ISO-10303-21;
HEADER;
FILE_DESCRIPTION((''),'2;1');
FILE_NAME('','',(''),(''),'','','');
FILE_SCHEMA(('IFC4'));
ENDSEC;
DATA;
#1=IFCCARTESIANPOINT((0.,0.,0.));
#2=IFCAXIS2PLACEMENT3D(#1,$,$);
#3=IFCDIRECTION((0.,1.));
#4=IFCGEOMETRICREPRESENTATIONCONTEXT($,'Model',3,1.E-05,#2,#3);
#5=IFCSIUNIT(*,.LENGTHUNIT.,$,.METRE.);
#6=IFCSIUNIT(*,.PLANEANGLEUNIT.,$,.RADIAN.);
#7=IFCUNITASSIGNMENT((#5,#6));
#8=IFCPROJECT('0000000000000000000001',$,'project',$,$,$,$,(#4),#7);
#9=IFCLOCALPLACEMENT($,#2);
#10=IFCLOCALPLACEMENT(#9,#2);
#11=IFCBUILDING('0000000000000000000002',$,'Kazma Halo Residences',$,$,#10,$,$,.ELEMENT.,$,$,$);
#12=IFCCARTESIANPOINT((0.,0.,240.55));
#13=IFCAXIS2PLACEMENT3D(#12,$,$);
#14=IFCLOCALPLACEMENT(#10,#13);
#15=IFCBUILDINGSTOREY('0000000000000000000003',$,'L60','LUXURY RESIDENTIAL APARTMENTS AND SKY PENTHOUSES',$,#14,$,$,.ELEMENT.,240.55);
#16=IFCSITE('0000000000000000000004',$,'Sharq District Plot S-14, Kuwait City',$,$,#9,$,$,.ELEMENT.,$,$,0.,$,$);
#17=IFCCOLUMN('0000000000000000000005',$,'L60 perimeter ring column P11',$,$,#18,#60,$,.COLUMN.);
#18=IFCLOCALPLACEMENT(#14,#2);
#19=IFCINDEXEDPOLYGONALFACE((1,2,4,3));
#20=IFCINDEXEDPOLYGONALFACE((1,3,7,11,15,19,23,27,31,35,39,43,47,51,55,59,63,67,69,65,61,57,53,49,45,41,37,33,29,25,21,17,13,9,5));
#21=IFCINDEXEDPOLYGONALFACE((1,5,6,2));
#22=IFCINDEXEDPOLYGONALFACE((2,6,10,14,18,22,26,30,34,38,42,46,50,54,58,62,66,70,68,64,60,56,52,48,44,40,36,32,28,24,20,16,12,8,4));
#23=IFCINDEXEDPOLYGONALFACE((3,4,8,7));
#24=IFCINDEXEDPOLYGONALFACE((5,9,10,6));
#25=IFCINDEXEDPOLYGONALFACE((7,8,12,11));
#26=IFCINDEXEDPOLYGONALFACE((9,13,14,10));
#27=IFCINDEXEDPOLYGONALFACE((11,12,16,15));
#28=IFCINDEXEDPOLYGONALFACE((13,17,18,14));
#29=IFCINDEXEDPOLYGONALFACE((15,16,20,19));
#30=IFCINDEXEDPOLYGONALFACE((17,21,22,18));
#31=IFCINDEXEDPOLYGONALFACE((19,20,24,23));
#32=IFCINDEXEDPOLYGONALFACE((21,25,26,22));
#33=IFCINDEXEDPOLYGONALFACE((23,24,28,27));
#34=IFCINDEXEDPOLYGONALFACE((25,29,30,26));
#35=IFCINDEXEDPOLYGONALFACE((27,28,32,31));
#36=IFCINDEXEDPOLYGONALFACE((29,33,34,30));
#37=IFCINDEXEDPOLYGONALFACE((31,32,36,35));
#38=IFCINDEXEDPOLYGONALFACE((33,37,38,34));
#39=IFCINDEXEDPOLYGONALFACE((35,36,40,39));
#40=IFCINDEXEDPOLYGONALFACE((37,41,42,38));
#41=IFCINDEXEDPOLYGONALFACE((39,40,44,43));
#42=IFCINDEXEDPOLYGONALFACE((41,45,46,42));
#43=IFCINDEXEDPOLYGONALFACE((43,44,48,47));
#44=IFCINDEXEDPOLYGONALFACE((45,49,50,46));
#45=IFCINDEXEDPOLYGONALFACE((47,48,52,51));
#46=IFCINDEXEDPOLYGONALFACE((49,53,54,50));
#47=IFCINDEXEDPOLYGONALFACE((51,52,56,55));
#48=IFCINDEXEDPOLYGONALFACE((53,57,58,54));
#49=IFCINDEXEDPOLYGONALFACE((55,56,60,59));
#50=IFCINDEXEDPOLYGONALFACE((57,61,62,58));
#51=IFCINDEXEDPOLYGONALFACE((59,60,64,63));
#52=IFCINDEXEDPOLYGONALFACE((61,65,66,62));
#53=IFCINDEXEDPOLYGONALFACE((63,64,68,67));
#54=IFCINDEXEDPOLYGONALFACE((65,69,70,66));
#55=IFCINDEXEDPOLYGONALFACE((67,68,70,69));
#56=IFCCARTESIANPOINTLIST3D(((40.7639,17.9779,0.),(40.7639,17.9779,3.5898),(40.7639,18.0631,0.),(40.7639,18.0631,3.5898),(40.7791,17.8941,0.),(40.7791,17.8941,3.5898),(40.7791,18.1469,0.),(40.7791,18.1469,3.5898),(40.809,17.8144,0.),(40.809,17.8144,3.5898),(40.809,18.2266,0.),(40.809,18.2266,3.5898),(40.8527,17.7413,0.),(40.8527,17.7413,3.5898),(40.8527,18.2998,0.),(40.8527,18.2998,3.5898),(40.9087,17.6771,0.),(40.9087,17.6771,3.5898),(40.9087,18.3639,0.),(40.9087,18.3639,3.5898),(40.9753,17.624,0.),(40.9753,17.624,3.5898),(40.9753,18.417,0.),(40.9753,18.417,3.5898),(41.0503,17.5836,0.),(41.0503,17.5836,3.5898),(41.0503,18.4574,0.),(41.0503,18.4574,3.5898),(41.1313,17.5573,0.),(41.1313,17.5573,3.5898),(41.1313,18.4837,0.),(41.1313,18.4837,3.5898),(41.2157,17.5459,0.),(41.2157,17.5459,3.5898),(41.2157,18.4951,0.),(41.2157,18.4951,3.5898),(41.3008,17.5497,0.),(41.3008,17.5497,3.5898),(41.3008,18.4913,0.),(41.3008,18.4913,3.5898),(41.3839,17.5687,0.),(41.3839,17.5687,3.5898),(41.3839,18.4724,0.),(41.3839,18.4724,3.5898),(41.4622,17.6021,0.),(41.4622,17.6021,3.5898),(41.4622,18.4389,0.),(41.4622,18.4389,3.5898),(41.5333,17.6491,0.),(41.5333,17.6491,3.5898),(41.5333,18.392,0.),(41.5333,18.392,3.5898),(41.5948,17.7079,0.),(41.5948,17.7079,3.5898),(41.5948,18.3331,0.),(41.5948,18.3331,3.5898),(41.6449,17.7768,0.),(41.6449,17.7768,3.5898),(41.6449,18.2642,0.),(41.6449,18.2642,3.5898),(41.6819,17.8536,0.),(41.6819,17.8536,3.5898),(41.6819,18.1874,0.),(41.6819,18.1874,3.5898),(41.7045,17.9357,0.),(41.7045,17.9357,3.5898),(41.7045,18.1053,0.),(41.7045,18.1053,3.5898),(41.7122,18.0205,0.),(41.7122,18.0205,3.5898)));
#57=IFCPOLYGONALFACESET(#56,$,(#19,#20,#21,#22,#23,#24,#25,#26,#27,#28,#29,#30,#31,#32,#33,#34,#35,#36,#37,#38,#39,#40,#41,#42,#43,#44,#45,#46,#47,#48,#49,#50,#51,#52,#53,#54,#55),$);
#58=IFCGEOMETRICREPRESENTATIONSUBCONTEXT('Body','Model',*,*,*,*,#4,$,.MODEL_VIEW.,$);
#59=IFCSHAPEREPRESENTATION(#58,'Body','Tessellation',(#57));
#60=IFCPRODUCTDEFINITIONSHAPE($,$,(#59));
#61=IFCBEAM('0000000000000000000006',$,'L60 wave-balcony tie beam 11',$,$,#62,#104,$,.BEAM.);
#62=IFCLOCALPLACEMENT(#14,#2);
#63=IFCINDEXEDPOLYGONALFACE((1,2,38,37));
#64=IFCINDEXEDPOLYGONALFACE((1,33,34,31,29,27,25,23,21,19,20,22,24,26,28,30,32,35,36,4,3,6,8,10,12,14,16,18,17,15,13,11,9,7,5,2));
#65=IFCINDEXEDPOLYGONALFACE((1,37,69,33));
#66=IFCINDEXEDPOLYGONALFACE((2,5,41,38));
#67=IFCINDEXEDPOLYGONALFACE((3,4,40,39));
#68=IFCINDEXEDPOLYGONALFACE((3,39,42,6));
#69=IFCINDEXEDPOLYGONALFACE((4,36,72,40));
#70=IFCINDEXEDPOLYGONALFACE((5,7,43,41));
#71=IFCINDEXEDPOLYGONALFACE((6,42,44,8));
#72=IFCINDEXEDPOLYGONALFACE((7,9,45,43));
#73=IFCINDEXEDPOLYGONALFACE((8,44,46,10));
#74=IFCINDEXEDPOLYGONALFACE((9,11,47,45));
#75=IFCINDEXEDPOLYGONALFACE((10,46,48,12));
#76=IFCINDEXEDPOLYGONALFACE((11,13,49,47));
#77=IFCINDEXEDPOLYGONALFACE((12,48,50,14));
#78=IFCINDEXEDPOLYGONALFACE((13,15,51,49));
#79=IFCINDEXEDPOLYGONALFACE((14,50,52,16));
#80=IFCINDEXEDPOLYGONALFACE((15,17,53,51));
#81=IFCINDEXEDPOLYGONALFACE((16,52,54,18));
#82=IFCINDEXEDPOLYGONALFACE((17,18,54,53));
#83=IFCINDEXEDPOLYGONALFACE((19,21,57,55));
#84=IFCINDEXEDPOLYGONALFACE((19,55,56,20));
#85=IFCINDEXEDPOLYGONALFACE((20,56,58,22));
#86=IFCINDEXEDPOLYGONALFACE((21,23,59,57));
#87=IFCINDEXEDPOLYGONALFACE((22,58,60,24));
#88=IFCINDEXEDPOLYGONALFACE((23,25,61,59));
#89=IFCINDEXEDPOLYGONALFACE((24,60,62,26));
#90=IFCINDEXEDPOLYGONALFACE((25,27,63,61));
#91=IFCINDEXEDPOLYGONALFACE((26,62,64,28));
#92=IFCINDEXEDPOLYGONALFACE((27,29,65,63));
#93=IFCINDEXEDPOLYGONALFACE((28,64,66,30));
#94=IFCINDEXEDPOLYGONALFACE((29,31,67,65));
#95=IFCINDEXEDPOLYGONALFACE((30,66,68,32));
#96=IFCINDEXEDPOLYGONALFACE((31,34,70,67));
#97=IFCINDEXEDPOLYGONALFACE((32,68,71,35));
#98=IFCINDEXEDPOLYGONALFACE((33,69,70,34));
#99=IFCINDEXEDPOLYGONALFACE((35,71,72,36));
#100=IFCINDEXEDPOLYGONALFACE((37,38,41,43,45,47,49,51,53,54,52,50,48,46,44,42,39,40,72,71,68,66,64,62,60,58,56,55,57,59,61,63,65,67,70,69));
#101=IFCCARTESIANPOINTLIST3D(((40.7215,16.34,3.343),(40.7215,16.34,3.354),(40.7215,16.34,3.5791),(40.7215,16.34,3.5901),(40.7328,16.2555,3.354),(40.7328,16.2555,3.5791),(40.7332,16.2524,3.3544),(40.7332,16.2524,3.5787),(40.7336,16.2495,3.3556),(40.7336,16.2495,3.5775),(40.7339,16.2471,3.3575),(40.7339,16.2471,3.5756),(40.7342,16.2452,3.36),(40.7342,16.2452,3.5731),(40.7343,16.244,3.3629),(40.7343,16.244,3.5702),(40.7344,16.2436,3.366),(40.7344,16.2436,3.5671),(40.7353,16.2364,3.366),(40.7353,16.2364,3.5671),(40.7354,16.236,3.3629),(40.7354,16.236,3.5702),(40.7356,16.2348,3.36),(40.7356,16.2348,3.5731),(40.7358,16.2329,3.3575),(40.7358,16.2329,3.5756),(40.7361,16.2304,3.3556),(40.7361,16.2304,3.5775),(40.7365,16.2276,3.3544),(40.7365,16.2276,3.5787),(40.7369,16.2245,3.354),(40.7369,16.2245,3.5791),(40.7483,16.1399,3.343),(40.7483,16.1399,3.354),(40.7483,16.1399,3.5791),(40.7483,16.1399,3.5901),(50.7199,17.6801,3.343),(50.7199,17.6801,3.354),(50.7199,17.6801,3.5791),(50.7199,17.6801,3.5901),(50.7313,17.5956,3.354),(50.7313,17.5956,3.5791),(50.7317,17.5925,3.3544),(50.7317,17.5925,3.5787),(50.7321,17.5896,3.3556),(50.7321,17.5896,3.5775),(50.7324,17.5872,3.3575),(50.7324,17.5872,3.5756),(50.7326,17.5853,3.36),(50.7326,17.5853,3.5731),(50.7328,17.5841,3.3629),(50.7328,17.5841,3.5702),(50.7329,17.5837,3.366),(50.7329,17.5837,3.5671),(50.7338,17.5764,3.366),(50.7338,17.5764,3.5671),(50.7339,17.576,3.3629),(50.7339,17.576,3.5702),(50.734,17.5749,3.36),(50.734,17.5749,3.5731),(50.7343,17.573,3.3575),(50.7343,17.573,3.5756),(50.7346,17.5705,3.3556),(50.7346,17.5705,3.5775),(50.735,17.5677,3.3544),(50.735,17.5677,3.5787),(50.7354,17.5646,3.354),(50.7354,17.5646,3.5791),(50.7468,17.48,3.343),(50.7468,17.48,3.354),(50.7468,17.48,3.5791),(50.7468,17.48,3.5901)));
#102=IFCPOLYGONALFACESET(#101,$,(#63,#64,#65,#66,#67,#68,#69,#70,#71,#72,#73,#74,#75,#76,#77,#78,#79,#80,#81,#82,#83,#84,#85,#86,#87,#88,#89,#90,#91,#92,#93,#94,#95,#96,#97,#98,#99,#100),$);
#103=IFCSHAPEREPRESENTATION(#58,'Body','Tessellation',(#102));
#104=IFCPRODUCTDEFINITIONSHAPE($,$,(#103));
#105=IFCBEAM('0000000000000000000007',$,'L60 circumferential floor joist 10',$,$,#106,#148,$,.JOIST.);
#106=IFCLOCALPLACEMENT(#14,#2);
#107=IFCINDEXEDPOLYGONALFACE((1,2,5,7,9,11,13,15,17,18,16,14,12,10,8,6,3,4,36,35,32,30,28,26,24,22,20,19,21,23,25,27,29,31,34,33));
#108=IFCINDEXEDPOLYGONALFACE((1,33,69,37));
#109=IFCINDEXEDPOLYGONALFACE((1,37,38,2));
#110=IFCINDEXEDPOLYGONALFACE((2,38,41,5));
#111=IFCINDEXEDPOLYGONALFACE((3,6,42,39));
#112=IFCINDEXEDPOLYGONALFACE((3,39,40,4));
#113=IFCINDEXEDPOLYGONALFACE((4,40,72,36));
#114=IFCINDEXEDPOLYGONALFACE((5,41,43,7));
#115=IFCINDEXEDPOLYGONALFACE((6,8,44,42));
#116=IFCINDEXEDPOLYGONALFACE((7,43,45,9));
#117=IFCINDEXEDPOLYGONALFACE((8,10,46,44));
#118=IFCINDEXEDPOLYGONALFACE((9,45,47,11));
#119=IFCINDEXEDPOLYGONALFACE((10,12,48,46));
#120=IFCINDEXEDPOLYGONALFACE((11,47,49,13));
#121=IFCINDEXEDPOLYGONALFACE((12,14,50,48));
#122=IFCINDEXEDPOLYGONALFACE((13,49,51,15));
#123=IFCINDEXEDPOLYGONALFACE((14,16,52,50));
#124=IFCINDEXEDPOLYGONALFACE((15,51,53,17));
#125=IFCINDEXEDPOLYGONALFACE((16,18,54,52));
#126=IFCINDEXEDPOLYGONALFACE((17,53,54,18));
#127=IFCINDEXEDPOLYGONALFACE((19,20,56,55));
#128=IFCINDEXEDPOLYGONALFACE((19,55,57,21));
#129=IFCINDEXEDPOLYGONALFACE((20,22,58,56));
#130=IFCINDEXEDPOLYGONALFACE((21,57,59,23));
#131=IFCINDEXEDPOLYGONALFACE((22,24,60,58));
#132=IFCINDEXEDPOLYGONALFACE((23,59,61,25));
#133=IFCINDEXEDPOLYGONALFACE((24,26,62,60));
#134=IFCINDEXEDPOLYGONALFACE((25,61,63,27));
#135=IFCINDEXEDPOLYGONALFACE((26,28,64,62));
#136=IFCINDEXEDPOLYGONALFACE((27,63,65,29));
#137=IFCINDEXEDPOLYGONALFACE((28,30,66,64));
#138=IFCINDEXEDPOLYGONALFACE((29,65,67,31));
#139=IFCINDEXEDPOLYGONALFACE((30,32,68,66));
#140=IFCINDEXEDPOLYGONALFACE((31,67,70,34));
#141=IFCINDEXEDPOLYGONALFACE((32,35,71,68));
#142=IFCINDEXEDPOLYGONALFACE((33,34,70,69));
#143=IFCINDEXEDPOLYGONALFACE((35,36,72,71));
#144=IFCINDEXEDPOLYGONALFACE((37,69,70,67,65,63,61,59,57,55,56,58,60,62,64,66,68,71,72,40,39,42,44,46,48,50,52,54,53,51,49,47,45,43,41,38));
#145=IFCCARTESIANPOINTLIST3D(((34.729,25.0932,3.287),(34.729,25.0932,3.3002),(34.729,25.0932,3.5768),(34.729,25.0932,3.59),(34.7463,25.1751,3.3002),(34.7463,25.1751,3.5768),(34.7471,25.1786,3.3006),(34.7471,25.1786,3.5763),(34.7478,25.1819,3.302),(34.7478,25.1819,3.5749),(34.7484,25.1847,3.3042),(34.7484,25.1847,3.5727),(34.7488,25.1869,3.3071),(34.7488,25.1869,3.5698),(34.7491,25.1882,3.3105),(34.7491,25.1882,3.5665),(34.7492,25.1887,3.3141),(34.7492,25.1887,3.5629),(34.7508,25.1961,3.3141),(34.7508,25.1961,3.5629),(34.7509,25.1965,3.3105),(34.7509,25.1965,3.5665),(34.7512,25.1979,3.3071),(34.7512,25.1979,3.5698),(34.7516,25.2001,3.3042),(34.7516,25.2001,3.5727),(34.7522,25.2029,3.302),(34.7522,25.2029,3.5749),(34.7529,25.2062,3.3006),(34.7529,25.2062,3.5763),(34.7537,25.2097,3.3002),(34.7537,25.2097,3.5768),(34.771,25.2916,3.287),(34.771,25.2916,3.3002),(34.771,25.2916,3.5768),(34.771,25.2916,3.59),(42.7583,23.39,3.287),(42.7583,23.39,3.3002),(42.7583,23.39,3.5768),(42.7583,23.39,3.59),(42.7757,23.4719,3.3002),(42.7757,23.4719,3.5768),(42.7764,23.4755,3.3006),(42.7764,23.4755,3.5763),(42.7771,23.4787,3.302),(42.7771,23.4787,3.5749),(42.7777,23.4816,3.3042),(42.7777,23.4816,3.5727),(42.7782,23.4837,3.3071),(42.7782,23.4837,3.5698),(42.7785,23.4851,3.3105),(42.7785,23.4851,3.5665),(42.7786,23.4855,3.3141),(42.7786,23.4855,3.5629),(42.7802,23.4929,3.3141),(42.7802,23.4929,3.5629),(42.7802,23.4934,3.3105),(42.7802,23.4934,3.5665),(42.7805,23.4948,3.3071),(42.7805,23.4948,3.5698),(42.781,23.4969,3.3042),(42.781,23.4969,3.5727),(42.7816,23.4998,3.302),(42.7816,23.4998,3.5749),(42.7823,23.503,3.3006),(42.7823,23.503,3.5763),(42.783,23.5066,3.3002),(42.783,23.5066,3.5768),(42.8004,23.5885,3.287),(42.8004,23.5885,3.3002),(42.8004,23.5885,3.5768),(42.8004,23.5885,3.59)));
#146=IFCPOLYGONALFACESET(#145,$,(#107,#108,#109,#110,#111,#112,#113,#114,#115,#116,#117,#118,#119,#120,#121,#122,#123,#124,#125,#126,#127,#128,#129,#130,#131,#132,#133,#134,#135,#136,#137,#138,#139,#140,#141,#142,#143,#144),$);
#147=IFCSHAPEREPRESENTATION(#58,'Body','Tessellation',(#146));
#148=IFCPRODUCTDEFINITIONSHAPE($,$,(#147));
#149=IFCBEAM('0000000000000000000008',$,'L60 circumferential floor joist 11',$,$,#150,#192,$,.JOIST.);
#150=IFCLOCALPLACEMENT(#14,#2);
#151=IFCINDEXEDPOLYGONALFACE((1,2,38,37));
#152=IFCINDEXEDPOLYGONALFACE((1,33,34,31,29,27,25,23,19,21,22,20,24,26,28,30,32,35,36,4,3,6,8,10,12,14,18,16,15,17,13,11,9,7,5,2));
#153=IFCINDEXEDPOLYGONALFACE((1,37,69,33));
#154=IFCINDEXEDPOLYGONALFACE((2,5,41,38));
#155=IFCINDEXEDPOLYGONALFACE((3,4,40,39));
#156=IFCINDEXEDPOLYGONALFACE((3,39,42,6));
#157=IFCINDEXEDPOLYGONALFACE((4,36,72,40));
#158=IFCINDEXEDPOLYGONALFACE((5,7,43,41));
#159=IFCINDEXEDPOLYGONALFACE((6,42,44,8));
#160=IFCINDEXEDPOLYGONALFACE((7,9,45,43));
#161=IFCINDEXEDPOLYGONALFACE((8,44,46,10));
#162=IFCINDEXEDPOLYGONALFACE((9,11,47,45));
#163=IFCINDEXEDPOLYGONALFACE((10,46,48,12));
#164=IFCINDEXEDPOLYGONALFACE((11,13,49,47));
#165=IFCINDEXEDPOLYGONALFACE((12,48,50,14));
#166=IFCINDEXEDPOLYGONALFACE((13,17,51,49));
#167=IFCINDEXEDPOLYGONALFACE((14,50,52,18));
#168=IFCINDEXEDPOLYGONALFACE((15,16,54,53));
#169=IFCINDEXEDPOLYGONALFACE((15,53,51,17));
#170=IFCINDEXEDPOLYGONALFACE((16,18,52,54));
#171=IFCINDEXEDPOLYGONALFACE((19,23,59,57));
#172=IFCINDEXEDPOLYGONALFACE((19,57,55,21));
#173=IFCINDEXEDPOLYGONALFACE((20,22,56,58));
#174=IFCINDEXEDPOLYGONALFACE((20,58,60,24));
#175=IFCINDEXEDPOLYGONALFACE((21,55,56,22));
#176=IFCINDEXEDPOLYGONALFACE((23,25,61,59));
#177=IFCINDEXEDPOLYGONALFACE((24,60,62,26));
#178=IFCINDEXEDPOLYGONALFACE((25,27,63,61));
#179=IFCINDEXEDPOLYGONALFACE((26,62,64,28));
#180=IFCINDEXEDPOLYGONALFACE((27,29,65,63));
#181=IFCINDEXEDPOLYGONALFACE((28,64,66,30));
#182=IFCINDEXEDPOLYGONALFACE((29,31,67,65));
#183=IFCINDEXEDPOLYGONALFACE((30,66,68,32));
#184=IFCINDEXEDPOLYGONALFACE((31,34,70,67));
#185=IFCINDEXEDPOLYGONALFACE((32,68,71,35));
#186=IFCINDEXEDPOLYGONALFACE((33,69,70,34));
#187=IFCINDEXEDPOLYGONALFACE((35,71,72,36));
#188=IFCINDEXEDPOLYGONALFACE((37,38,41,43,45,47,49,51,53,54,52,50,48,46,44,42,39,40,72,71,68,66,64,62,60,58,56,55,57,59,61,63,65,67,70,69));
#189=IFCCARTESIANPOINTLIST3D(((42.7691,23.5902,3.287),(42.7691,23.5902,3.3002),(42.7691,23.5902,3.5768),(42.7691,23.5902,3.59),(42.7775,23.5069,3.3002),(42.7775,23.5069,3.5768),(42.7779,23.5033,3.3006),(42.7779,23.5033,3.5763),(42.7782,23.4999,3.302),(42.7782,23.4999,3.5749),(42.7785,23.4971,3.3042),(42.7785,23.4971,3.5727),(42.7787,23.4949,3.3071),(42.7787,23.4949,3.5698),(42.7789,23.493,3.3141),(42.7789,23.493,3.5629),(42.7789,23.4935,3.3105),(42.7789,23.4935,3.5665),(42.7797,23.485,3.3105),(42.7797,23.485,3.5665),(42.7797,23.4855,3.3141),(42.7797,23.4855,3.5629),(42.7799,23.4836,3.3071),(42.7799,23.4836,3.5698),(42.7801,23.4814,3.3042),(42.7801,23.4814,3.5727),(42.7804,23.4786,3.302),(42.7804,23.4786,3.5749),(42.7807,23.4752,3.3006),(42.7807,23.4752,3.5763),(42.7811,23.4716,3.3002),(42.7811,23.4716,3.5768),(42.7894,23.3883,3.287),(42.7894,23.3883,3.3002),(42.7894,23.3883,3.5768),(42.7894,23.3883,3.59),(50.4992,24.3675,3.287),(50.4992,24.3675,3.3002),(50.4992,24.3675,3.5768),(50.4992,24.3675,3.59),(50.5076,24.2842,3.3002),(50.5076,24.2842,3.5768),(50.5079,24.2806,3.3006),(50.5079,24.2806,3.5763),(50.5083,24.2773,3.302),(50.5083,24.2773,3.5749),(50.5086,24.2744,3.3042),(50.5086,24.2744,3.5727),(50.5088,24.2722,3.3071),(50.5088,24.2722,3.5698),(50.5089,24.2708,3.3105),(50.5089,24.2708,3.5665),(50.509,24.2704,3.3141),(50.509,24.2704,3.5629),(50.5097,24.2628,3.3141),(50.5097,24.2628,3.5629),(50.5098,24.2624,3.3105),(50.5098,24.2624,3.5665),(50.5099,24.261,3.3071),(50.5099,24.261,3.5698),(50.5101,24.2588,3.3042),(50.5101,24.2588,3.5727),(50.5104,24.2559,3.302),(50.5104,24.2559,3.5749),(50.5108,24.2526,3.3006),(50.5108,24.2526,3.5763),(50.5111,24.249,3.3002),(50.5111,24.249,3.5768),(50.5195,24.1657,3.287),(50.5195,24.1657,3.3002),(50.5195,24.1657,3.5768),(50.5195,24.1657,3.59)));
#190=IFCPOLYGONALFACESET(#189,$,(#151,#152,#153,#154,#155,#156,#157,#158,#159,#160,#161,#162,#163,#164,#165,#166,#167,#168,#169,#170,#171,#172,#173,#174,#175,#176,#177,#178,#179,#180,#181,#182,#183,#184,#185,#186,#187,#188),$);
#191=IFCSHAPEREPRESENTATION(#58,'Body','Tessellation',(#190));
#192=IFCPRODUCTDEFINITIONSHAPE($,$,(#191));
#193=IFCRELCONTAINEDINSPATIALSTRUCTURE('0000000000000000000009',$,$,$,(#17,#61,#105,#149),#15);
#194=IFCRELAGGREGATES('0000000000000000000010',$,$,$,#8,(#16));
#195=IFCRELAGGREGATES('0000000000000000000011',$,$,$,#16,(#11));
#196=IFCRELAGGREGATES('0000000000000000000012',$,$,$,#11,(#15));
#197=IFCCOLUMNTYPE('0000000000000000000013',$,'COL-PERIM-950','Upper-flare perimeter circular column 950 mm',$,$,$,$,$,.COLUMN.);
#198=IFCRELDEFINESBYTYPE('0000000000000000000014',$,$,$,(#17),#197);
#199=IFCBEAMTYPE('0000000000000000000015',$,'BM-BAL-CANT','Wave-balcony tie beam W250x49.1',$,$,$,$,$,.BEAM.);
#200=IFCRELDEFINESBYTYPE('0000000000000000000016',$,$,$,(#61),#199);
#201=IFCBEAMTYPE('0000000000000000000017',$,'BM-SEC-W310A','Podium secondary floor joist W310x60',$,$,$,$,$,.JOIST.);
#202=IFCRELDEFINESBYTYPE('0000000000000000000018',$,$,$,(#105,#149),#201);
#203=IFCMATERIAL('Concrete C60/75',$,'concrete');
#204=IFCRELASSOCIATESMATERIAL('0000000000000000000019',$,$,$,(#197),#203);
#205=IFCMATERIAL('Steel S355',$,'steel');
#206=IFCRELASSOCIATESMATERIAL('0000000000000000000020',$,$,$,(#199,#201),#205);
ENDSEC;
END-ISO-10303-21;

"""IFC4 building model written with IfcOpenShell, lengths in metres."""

from ifc_helpers import new_model, si_unit, direction, frame, origin, origin_2d, place, context, subcontext, project, spatial, circle, i_section, extrude, material, material_profile, profile_set, type_object, element, save


model = new_model("IFC4")

# Units and contexts
model_context = context("Model", 3, precision=1e-05, world=origin(), true_north=direction((0.0, 1.0)))
body_context = subcontext(model_context, "Body", "Model", "MODEL_VIEW")
ifc_project = project(units=[si_unit("LENGTHUNIT", "METRE"), si_unit("PLANEANGLEUNIT", "RADIAN")], contexts=[model_context])

# Site, building, storey
site_placement = place(None, origin())
site = spatial("IfcSite", under=ifc_project, at=site_placement, Name="Sharq District Plot S-14, Kuwait City", CompositionType="ELEMENT", RefElevation=0.0)
building_placement = place(site_placement, origin())
building = spatial("IfcBuilding", under=site, at=building_placement, Name="Kazma Halo Residences", CompositionType="ELEMENT")
storey_placement = place(building_placement, frame((0.0, 0.0, 240.55)))
storey = spatial("IfcBuildingStorey", under=building, at=storey_placement, Name="L60", Description="LUXURY RESIDENTIAL APARTMENTS AND SKY PENTHOUSES", CompositionType="ELEMENT", Elevation=240.55)

# Column
ifc_material_1 = material(Name="Concrete C60/75", Category="concrete")
ifc_material_profile_1 = material_profile(ifc_material_1, circle(Radius=0.4751, at=origin_2d()), Name="CIRC950")
ifc_profile_set_1 = profile_set([ifc_material_profile_1], Name="Concrete C60/75")
column_type = type_object("IfcColumnType", Name="COL-PERIM-950", Description="Upper-flare perimeter circular column 950 mm", PredefinedType="COLUMN", material=ifc_profile_set_1)
column_placement = place(storey_placement, frame((41.2371, 18.0205, 0.0), z_axis=(0.0, 0.0, 1.0), x_axis=(1.0, 0.0, 0.0)))
element("IfcColumn", 1, at=column_placement, inside=storey, type_object=column_type, Name="L60 perimeter ring column P11", PredefinedType="COLUMN", context=body_context, shape_type="SweptSolid", body=[
    extrude(circle(Radius=0.4751, at=origin_2d()), origin(), (0.0, 0.0, 1.0), 3.5898),
])

# Beams
ifc_material_2 = material(Name="Steel S355", Category="steel")
ifc_material_profile_2 = material_profile(ifc_material_2, i_section(OverallWidth=0.2019, OverallDepth=0.2471, WebThickness=0.0073, FlangeThickness=0.011, FilletRadius=0.012, at=origin_2d()), Name="W250x49.1")
ifc_profile_set_2 = profile_set([ifc_material_profile_2], Name="Steel S355")
beam_type_1 = type_object("IfcBeamType", Name="BM-BAL-CANT", Description="Wave-balcony tie beam W250x49.1", PredefinedType="BEAM", material=ifc_profile_set_2)
beam_1_placement = place(storey_placement, frame((40.7349, 16.24, 3.4666), z_axis=(0.991137, 0.132841, 0.0), x_axis=(-0.132841, 0.991137, 0.0)))
element("IfcBeam", 2, at=beam_1_placement, inside=storey, type_object=beam_type_1, Name="L60 wave-balcony tie beam 11", PredefinedType="BEAM", context=body_context, shape_type="SweptSolid", body=[
    extrude(i_section(OverallWidth=0.2019, OverallDepth=0.2471, WebThickness=0.0073, FlangeThickness=0.011, FilletRadius=0.012, at=origin_2d()), origin(), (0.0, 0.0, 1.0), 10.0879),
])
ifc_material_profile_3 = material_profile(ifc_material_2, i_section(OverallWidth=0.2029, OverallDepth=0.303, WebThickness=0.0076, FlangeThickness=0.0132, FilletRadius=0.0139, at=origin_2d()), Name="W310x60")
ifc_profile_set_3 = profile_set([ifc_material_profile_3], Name="Steel S355")
beam_type_2 = type_object("IfcBeamType", Name="BM-SEC-W310A", Description="Podium secondary floor joist W310x60", PredefinedType="JOIST", material=ifc_profile_set_3)
beam_2_placement = place(storey_placement, frame((34.75, 25.1924, 3.4385), z_axis=(0.978236, -0.207497, 0.0), x_axis=(0.207497, 0.978236, 0.0)))
element("IfcBeam", 3, at=beam_2_placement, inside=storey, type_object=beam_type_2, Name="L60 circumferential floor joist 10", PredefinedType="JOIST", context=body_context, shape_type="SweptSolid", body=[
    extrude(i_section(OverallWidth=0.2029, OverallDepth=0.303, WebThickness=0.0076, FlangeThickness=0.0132, FilletRadius=0.0139, at=origin_2d()), origin(), (0.0, 0.0, 1.0), 8.208),
])
beam_3_placement = place(storey_placement, frame((42.7793, 23.4893, 3.4385), z_axis=(0.994982, 0.100058, 0.0), x_axis=(-0.100058, 0.994982, 0.0)))
element("IfcBeam", 4, at=beam_3_placement, inside=storey, type_object=beam_type_2, Name="L60 circumferential floor joist 11", PredefinedType="JOIST", context=body_context, shape_type="SweptSolid", body=[
    extrude(i_section(OverallWidth=0.2029, OverallDepth=0.303, WebThickness=0.0076, FlangeThickness=0.0132, FilletRadius=0.0139, at=origin_2d()), origin(), (0.0, 0.0, 1.0), 7.769),
])

save(model, "model.ifc")
